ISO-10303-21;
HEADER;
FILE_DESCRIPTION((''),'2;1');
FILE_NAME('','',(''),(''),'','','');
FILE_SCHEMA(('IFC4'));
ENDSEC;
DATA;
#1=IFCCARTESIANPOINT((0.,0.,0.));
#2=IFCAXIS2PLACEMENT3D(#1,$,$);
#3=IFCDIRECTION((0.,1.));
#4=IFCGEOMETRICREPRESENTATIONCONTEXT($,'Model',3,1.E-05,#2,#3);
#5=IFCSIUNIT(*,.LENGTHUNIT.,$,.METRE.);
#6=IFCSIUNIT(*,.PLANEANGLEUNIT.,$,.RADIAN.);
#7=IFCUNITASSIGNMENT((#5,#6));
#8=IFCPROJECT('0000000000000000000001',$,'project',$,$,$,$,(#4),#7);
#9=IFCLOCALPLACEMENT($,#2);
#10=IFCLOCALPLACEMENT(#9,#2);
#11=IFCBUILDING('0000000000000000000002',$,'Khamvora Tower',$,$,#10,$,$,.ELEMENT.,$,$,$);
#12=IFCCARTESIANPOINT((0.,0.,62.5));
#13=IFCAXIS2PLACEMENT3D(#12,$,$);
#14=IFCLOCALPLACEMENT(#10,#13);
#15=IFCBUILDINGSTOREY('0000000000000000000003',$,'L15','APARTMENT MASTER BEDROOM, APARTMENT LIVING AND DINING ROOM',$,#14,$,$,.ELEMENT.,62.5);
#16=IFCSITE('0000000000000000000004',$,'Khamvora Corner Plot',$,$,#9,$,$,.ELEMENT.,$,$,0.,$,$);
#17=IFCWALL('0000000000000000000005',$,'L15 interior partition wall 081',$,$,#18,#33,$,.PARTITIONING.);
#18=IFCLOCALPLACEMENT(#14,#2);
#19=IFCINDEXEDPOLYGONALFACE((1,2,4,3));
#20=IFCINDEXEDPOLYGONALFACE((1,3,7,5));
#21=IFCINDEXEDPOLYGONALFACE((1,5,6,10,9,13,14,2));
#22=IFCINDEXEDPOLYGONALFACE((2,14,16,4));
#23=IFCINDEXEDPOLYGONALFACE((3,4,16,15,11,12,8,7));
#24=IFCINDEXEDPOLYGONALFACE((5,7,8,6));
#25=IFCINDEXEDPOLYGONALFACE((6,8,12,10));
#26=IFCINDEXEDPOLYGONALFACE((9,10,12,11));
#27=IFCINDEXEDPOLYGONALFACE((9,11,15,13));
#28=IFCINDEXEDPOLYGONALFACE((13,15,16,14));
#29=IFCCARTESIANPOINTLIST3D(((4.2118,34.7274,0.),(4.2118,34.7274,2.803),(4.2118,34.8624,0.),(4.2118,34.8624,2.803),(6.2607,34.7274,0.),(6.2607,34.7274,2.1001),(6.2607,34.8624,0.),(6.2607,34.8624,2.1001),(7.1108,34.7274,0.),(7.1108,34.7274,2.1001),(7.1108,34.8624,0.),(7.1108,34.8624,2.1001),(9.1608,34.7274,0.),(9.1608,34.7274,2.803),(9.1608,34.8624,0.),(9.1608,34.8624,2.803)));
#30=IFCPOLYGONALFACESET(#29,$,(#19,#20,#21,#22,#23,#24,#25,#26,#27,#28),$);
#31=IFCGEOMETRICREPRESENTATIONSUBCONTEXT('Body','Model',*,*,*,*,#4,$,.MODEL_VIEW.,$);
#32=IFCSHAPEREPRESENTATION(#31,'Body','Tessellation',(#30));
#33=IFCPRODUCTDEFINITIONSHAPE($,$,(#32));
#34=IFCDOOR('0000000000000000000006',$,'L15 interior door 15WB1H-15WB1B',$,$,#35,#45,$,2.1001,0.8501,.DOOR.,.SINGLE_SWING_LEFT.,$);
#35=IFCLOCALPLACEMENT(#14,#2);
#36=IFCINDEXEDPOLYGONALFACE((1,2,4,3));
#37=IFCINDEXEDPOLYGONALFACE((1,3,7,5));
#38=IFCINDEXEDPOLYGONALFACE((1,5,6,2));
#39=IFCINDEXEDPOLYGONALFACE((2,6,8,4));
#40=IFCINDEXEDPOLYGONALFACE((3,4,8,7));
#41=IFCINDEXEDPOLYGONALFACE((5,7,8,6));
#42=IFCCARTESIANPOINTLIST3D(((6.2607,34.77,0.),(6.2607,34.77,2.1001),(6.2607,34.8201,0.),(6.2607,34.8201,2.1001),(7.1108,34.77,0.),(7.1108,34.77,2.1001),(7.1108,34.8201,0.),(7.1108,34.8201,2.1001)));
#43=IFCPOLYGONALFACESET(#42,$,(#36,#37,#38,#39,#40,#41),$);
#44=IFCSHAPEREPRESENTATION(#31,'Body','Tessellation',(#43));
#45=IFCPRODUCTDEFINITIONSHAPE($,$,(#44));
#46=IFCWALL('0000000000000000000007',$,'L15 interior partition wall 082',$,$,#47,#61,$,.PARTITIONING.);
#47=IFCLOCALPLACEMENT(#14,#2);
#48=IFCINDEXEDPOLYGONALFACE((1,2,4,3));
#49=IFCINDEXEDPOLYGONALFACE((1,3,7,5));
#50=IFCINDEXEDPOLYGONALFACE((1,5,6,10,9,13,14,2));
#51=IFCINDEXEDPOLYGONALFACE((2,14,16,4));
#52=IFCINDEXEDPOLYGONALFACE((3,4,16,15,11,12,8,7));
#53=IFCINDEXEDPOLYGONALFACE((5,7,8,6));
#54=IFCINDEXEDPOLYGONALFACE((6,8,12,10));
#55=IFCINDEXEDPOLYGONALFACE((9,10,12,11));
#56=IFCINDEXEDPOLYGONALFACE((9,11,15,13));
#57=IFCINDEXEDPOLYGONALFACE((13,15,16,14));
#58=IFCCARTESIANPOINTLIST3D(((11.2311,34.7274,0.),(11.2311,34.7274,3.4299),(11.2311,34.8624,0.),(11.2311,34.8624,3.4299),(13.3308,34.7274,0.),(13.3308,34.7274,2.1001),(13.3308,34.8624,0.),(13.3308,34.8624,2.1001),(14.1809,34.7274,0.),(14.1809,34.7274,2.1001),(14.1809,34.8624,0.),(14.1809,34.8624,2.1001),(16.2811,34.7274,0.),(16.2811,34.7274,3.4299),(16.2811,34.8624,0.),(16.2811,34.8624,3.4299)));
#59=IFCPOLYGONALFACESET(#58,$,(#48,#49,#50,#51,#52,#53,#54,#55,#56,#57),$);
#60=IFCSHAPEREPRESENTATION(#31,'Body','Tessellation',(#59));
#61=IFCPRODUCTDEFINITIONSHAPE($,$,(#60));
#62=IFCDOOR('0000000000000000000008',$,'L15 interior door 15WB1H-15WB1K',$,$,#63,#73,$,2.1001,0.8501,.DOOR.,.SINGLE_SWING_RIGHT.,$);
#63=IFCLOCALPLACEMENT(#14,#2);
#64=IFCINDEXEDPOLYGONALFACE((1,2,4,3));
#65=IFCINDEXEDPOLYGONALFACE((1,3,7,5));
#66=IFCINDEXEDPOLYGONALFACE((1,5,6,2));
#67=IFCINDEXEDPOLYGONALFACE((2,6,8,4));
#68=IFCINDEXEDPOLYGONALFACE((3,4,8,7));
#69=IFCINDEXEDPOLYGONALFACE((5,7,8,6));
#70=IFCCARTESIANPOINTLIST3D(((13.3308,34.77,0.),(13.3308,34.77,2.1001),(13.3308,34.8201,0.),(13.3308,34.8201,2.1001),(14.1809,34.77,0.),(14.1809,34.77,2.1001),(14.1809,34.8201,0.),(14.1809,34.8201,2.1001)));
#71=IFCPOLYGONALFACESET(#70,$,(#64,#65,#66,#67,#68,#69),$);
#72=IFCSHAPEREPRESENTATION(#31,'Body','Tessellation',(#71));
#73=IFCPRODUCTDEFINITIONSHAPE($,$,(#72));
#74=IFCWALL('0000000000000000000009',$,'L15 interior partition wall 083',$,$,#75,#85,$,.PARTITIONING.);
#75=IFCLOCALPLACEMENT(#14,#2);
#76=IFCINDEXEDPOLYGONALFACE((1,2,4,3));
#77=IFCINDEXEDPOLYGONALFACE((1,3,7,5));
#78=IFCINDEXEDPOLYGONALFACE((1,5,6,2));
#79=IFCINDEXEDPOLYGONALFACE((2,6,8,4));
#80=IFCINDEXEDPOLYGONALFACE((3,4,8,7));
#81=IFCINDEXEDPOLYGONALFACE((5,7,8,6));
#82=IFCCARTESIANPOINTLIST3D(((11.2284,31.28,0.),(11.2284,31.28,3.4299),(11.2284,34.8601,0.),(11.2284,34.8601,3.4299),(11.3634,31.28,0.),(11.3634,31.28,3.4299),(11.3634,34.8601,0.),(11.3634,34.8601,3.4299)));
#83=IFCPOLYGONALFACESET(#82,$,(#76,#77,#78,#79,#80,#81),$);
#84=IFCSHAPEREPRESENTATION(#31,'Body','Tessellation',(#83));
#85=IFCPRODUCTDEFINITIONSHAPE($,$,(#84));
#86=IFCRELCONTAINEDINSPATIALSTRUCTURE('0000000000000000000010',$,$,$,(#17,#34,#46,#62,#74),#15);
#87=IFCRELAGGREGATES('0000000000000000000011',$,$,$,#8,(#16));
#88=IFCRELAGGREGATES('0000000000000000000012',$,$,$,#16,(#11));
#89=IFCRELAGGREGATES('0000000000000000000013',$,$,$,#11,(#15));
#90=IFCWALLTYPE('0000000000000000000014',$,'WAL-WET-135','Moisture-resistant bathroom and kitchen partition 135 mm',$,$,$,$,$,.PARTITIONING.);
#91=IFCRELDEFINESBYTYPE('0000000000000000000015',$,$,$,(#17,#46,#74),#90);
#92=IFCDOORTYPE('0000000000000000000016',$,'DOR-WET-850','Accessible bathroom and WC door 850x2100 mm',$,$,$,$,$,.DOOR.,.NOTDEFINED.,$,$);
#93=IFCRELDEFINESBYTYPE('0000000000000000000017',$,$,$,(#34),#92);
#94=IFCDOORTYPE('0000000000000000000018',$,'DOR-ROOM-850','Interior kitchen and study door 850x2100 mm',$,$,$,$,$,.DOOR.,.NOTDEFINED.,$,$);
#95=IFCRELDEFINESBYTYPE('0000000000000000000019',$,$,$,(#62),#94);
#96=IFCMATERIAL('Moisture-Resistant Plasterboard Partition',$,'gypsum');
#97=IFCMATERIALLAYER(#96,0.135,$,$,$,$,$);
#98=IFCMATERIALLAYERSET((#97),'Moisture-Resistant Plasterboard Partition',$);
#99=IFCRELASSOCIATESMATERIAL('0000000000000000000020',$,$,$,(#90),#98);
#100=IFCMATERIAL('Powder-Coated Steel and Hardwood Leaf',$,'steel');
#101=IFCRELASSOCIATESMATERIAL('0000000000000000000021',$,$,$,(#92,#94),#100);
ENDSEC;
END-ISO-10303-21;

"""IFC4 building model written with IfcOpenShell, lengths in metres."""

from ifc_helpers import new_model, si_unit, direction, frame, frame_2d, origin, place, context, subcontext, project, spatial, rectangle, extrude, material, layer, layer_set, type_object, element, fill, save


model = new_model("IFC4")

# Units and contexts
model_context = context("Model", 3, precision=1e-05, world=origin(), true_north=direction((0.0, 1.0)))
body_context = subcontext(model_context, "Body", "Model", "MODEL_VIEW")
ifc_project = project(units=[si_unit("LENGTHUNIT", "METRE"), si_unit("PLANEANGLEUNIT", "RADIAN")], contexts=[model_context])

# Site, building, storey
site_placement = place(None, origin())
site = spatial("IfcSite", under=ifc_project, at=site_placement, Name="Khamvora Corner Plot", CompositionType="ELEMENT", RefElevation=0.0)
building_placement = place(site_placement, origin())
building = spatial("IfcBuilding", under=site, at=building_placement, Name="Khamvora Tower", CompositionType="ELEMENT")
storey_placement = place(building_placement, frame((0.0, 0.0, 62.5)))
storey = spatial("IfcBuildingStorey", under=building, at=storey_placement, Name="L15", Description="APARTMENT MASTER BEDROOM, APARTMENT LIVING AND DINING ROOM", CompositionType="ELEMENT", Elevation=62.5)

# Shared definitions
ifc_material_1 = material(Name="Powder-Coated Steel and Hardwood Leaf", Category="steel")

# Shared definitions
ifc_material_2 = material(Name="Moisture-Resistant Plasterboard Partition", Category="gypsum")
ifc_layer_1 = layer(ifc_material_2, 0.135)
ifc_layer_set_1 = layer_set([ifc_layer_1], Name="Moisture-Resistant Plasterboard Partition")
wall_type_1 = type_object("IfcWallType", Name="WAL-WET-135", Description="Moisture-resistant bathroom and kitchen partition 135 mm", PredefinedType="PARTITIONING", material=ifc_layer_set_1)

# Walls, openings, doors
wall_1_placement = place(storey_placement, frame((9.1609, 34.7949, 0.0), z_axis=(0.0, 0.0, 1.0), x_axis=(-1.0, 0.0, 0.0)))
wall_1 = element("IfcWall", 1, at=wall_1_placement, inside=storey, type_object=wall_type_1, Name="L15 interior partition wall 081", PredefinedType="PARTITIONING", context=body_context, shape_type="SweptSolid", body=[
    extrude(rectangle(XDim=4.949, YDim=0.135, at=frame_2d((2.4746, 0.0))), origin(), (0.0, 0.0, 1.0), 2.803),
])
opening_1_placement = place(wall_1_placement, frame((2.05, 0.0, 0.0)))
opening_1 = element("IfcOpeningElement", 2, at=opening_1_placement, cuts=wall_1, PredefinedType="OPENING", context=body_context, shape_type="SweptSolid", body=[
    extrude(rectangle(XDim=0.8501, YDim=2.1001, at=frame_2d((0.425, 1.05))), frame((0.0, 0.0774, 0.0), z_axis=(0.0, -1.0, 0.0), x_axis=(1.0, 0.0, 0.0)), (0.0, 0.0, 1.0), 0.155),
])
door_type_1 = type_object("IfcDoorType", Name="DOR-WET-850", Description="Accessible bathroom and WC door 850x2100 mm", OperationType="NOTDEFINED", PredefinedType="DOOR", material=ifc_material_1)
door_1_placement = place(opening_1_placement, origin())
door_1 = element("IfcDoor", 3, at=door_1_placement, inside=storey, type_object=door_type_1, Name="L15 interior door 15WB1H-15WB1B", OperationType="SINGLE_SWING_LEFT", OverallHeight=2.1001, OverallWidth=0.8501, PredefinedType="DOOR", context=body_context, shape_type="SweptSolid", body=[
    extrude(rectangle(XDim=0.8501, YDim=2.1001, at=frame_2d((0.425, 1.05))), frame((0.0, 0.0249, 0.0), z_axis=(0.0, -1.0, 0.0), x_axis=(1.0, 0.0, 0.0)), (0.0, 0.0, 1.0), 0.05),
])
fill(opening_1, door_1)
wall_2_placement = place(storey_placement, frame((16.281, 34.7949, 0.0), z_axis=(0.0, 0.0, 1.0), x_axis=(-1.0, 0.0, 0.0)))
wall_2 = element("IfcWall", 4, at=wall_2_placement, inside=storey, type_object=wall_type_1, Name="L15 interior partition wall 082", PredefinedType="PARTITIONING", context=body_context, shape_type="SweptSolid", body=[
    extrude(rectangle(XDim=5.05, YDim=0.135, at=frame_2d((2.5249, 0.0))), origin(), (0.0, 0.0, 1.0), 3.4299),
])
opening_2_placement = place(wall_2_placement, frame((2.1001, 0.0, 0.0)))
opening_2 = element("IfcOpeningElement", 5, at=opening_2_placement, cuts=wall_2, PredefinedType="OPENING", context=body_context, shape_type="SweptSolid", body=[
    extrude(rectangle(XDim=0.8501, YDim=2.1001, at=frame_2d((0.425, 1.05))), frame((0.0, 0.0774, 0.0), z_axis=(0.0, -1.0, 0.0), x_axis=(1.0, 0.0, 0.0)), (0.0, 0.0, 1.0), 0.155),
])
door_type_2 = type_object("IfcDoorType", Name="DOR-ROOM-850", Description="Interior kitchen and study door 850x2100 mm", OperationType="NOTDEFINED", PredefinedType="DOOR", material=ifc_material_1)
door_2_placement = place(opening_2_placement, origin())
door_2 = element("IfcDoor", 6, at=door_2_placement, inside=storey, type_object=door_type_2, Name="L15 interior door 15WB1H-15WB1K", OperationType="SINGLE_SWING_RIGHT", OverallHeight=2.1001, OverallWidth=0.8501, PredefinedType="DOOR", context=body_context, shape_type="SweptSolid", body=[
    extrude(rectangle(XDim=0.8501, YDim=2.1001, at=frame_2d((0.425, 1.05))), frame((0.0, 0.0249, 0.0), z_axis=(0.0, -1.0, 0.0), x_axis=(1.0, 0.0, 0.0)), (0.0, 0.0, 1.0), 0.05),
])
fill(opening_2, door_2)

# Wall
wall_3_placement = place(storey_placement, frame((11.2959, 34.8601, 0.0), z_axis=(0.0, 0.0, 1.0), x_axis=(0.0, -1.0, 0.0)))
element("IfcWall", 7, at=wall_3_placement, inside=storey, type_object=wall_type_1, Name="L15 interior partition wall 083", PredefinedType="PARTITIONING", context=body_context, shape_type="SweptSolid", body=[
    extrude(rectangle(XDim=3.5801, YDim=0.135, at=frame_2d((1.79, 0.0))), origin(), (0.0, 0.0, 1.0), 3.4299),
])

save(model, "model.ifc")
